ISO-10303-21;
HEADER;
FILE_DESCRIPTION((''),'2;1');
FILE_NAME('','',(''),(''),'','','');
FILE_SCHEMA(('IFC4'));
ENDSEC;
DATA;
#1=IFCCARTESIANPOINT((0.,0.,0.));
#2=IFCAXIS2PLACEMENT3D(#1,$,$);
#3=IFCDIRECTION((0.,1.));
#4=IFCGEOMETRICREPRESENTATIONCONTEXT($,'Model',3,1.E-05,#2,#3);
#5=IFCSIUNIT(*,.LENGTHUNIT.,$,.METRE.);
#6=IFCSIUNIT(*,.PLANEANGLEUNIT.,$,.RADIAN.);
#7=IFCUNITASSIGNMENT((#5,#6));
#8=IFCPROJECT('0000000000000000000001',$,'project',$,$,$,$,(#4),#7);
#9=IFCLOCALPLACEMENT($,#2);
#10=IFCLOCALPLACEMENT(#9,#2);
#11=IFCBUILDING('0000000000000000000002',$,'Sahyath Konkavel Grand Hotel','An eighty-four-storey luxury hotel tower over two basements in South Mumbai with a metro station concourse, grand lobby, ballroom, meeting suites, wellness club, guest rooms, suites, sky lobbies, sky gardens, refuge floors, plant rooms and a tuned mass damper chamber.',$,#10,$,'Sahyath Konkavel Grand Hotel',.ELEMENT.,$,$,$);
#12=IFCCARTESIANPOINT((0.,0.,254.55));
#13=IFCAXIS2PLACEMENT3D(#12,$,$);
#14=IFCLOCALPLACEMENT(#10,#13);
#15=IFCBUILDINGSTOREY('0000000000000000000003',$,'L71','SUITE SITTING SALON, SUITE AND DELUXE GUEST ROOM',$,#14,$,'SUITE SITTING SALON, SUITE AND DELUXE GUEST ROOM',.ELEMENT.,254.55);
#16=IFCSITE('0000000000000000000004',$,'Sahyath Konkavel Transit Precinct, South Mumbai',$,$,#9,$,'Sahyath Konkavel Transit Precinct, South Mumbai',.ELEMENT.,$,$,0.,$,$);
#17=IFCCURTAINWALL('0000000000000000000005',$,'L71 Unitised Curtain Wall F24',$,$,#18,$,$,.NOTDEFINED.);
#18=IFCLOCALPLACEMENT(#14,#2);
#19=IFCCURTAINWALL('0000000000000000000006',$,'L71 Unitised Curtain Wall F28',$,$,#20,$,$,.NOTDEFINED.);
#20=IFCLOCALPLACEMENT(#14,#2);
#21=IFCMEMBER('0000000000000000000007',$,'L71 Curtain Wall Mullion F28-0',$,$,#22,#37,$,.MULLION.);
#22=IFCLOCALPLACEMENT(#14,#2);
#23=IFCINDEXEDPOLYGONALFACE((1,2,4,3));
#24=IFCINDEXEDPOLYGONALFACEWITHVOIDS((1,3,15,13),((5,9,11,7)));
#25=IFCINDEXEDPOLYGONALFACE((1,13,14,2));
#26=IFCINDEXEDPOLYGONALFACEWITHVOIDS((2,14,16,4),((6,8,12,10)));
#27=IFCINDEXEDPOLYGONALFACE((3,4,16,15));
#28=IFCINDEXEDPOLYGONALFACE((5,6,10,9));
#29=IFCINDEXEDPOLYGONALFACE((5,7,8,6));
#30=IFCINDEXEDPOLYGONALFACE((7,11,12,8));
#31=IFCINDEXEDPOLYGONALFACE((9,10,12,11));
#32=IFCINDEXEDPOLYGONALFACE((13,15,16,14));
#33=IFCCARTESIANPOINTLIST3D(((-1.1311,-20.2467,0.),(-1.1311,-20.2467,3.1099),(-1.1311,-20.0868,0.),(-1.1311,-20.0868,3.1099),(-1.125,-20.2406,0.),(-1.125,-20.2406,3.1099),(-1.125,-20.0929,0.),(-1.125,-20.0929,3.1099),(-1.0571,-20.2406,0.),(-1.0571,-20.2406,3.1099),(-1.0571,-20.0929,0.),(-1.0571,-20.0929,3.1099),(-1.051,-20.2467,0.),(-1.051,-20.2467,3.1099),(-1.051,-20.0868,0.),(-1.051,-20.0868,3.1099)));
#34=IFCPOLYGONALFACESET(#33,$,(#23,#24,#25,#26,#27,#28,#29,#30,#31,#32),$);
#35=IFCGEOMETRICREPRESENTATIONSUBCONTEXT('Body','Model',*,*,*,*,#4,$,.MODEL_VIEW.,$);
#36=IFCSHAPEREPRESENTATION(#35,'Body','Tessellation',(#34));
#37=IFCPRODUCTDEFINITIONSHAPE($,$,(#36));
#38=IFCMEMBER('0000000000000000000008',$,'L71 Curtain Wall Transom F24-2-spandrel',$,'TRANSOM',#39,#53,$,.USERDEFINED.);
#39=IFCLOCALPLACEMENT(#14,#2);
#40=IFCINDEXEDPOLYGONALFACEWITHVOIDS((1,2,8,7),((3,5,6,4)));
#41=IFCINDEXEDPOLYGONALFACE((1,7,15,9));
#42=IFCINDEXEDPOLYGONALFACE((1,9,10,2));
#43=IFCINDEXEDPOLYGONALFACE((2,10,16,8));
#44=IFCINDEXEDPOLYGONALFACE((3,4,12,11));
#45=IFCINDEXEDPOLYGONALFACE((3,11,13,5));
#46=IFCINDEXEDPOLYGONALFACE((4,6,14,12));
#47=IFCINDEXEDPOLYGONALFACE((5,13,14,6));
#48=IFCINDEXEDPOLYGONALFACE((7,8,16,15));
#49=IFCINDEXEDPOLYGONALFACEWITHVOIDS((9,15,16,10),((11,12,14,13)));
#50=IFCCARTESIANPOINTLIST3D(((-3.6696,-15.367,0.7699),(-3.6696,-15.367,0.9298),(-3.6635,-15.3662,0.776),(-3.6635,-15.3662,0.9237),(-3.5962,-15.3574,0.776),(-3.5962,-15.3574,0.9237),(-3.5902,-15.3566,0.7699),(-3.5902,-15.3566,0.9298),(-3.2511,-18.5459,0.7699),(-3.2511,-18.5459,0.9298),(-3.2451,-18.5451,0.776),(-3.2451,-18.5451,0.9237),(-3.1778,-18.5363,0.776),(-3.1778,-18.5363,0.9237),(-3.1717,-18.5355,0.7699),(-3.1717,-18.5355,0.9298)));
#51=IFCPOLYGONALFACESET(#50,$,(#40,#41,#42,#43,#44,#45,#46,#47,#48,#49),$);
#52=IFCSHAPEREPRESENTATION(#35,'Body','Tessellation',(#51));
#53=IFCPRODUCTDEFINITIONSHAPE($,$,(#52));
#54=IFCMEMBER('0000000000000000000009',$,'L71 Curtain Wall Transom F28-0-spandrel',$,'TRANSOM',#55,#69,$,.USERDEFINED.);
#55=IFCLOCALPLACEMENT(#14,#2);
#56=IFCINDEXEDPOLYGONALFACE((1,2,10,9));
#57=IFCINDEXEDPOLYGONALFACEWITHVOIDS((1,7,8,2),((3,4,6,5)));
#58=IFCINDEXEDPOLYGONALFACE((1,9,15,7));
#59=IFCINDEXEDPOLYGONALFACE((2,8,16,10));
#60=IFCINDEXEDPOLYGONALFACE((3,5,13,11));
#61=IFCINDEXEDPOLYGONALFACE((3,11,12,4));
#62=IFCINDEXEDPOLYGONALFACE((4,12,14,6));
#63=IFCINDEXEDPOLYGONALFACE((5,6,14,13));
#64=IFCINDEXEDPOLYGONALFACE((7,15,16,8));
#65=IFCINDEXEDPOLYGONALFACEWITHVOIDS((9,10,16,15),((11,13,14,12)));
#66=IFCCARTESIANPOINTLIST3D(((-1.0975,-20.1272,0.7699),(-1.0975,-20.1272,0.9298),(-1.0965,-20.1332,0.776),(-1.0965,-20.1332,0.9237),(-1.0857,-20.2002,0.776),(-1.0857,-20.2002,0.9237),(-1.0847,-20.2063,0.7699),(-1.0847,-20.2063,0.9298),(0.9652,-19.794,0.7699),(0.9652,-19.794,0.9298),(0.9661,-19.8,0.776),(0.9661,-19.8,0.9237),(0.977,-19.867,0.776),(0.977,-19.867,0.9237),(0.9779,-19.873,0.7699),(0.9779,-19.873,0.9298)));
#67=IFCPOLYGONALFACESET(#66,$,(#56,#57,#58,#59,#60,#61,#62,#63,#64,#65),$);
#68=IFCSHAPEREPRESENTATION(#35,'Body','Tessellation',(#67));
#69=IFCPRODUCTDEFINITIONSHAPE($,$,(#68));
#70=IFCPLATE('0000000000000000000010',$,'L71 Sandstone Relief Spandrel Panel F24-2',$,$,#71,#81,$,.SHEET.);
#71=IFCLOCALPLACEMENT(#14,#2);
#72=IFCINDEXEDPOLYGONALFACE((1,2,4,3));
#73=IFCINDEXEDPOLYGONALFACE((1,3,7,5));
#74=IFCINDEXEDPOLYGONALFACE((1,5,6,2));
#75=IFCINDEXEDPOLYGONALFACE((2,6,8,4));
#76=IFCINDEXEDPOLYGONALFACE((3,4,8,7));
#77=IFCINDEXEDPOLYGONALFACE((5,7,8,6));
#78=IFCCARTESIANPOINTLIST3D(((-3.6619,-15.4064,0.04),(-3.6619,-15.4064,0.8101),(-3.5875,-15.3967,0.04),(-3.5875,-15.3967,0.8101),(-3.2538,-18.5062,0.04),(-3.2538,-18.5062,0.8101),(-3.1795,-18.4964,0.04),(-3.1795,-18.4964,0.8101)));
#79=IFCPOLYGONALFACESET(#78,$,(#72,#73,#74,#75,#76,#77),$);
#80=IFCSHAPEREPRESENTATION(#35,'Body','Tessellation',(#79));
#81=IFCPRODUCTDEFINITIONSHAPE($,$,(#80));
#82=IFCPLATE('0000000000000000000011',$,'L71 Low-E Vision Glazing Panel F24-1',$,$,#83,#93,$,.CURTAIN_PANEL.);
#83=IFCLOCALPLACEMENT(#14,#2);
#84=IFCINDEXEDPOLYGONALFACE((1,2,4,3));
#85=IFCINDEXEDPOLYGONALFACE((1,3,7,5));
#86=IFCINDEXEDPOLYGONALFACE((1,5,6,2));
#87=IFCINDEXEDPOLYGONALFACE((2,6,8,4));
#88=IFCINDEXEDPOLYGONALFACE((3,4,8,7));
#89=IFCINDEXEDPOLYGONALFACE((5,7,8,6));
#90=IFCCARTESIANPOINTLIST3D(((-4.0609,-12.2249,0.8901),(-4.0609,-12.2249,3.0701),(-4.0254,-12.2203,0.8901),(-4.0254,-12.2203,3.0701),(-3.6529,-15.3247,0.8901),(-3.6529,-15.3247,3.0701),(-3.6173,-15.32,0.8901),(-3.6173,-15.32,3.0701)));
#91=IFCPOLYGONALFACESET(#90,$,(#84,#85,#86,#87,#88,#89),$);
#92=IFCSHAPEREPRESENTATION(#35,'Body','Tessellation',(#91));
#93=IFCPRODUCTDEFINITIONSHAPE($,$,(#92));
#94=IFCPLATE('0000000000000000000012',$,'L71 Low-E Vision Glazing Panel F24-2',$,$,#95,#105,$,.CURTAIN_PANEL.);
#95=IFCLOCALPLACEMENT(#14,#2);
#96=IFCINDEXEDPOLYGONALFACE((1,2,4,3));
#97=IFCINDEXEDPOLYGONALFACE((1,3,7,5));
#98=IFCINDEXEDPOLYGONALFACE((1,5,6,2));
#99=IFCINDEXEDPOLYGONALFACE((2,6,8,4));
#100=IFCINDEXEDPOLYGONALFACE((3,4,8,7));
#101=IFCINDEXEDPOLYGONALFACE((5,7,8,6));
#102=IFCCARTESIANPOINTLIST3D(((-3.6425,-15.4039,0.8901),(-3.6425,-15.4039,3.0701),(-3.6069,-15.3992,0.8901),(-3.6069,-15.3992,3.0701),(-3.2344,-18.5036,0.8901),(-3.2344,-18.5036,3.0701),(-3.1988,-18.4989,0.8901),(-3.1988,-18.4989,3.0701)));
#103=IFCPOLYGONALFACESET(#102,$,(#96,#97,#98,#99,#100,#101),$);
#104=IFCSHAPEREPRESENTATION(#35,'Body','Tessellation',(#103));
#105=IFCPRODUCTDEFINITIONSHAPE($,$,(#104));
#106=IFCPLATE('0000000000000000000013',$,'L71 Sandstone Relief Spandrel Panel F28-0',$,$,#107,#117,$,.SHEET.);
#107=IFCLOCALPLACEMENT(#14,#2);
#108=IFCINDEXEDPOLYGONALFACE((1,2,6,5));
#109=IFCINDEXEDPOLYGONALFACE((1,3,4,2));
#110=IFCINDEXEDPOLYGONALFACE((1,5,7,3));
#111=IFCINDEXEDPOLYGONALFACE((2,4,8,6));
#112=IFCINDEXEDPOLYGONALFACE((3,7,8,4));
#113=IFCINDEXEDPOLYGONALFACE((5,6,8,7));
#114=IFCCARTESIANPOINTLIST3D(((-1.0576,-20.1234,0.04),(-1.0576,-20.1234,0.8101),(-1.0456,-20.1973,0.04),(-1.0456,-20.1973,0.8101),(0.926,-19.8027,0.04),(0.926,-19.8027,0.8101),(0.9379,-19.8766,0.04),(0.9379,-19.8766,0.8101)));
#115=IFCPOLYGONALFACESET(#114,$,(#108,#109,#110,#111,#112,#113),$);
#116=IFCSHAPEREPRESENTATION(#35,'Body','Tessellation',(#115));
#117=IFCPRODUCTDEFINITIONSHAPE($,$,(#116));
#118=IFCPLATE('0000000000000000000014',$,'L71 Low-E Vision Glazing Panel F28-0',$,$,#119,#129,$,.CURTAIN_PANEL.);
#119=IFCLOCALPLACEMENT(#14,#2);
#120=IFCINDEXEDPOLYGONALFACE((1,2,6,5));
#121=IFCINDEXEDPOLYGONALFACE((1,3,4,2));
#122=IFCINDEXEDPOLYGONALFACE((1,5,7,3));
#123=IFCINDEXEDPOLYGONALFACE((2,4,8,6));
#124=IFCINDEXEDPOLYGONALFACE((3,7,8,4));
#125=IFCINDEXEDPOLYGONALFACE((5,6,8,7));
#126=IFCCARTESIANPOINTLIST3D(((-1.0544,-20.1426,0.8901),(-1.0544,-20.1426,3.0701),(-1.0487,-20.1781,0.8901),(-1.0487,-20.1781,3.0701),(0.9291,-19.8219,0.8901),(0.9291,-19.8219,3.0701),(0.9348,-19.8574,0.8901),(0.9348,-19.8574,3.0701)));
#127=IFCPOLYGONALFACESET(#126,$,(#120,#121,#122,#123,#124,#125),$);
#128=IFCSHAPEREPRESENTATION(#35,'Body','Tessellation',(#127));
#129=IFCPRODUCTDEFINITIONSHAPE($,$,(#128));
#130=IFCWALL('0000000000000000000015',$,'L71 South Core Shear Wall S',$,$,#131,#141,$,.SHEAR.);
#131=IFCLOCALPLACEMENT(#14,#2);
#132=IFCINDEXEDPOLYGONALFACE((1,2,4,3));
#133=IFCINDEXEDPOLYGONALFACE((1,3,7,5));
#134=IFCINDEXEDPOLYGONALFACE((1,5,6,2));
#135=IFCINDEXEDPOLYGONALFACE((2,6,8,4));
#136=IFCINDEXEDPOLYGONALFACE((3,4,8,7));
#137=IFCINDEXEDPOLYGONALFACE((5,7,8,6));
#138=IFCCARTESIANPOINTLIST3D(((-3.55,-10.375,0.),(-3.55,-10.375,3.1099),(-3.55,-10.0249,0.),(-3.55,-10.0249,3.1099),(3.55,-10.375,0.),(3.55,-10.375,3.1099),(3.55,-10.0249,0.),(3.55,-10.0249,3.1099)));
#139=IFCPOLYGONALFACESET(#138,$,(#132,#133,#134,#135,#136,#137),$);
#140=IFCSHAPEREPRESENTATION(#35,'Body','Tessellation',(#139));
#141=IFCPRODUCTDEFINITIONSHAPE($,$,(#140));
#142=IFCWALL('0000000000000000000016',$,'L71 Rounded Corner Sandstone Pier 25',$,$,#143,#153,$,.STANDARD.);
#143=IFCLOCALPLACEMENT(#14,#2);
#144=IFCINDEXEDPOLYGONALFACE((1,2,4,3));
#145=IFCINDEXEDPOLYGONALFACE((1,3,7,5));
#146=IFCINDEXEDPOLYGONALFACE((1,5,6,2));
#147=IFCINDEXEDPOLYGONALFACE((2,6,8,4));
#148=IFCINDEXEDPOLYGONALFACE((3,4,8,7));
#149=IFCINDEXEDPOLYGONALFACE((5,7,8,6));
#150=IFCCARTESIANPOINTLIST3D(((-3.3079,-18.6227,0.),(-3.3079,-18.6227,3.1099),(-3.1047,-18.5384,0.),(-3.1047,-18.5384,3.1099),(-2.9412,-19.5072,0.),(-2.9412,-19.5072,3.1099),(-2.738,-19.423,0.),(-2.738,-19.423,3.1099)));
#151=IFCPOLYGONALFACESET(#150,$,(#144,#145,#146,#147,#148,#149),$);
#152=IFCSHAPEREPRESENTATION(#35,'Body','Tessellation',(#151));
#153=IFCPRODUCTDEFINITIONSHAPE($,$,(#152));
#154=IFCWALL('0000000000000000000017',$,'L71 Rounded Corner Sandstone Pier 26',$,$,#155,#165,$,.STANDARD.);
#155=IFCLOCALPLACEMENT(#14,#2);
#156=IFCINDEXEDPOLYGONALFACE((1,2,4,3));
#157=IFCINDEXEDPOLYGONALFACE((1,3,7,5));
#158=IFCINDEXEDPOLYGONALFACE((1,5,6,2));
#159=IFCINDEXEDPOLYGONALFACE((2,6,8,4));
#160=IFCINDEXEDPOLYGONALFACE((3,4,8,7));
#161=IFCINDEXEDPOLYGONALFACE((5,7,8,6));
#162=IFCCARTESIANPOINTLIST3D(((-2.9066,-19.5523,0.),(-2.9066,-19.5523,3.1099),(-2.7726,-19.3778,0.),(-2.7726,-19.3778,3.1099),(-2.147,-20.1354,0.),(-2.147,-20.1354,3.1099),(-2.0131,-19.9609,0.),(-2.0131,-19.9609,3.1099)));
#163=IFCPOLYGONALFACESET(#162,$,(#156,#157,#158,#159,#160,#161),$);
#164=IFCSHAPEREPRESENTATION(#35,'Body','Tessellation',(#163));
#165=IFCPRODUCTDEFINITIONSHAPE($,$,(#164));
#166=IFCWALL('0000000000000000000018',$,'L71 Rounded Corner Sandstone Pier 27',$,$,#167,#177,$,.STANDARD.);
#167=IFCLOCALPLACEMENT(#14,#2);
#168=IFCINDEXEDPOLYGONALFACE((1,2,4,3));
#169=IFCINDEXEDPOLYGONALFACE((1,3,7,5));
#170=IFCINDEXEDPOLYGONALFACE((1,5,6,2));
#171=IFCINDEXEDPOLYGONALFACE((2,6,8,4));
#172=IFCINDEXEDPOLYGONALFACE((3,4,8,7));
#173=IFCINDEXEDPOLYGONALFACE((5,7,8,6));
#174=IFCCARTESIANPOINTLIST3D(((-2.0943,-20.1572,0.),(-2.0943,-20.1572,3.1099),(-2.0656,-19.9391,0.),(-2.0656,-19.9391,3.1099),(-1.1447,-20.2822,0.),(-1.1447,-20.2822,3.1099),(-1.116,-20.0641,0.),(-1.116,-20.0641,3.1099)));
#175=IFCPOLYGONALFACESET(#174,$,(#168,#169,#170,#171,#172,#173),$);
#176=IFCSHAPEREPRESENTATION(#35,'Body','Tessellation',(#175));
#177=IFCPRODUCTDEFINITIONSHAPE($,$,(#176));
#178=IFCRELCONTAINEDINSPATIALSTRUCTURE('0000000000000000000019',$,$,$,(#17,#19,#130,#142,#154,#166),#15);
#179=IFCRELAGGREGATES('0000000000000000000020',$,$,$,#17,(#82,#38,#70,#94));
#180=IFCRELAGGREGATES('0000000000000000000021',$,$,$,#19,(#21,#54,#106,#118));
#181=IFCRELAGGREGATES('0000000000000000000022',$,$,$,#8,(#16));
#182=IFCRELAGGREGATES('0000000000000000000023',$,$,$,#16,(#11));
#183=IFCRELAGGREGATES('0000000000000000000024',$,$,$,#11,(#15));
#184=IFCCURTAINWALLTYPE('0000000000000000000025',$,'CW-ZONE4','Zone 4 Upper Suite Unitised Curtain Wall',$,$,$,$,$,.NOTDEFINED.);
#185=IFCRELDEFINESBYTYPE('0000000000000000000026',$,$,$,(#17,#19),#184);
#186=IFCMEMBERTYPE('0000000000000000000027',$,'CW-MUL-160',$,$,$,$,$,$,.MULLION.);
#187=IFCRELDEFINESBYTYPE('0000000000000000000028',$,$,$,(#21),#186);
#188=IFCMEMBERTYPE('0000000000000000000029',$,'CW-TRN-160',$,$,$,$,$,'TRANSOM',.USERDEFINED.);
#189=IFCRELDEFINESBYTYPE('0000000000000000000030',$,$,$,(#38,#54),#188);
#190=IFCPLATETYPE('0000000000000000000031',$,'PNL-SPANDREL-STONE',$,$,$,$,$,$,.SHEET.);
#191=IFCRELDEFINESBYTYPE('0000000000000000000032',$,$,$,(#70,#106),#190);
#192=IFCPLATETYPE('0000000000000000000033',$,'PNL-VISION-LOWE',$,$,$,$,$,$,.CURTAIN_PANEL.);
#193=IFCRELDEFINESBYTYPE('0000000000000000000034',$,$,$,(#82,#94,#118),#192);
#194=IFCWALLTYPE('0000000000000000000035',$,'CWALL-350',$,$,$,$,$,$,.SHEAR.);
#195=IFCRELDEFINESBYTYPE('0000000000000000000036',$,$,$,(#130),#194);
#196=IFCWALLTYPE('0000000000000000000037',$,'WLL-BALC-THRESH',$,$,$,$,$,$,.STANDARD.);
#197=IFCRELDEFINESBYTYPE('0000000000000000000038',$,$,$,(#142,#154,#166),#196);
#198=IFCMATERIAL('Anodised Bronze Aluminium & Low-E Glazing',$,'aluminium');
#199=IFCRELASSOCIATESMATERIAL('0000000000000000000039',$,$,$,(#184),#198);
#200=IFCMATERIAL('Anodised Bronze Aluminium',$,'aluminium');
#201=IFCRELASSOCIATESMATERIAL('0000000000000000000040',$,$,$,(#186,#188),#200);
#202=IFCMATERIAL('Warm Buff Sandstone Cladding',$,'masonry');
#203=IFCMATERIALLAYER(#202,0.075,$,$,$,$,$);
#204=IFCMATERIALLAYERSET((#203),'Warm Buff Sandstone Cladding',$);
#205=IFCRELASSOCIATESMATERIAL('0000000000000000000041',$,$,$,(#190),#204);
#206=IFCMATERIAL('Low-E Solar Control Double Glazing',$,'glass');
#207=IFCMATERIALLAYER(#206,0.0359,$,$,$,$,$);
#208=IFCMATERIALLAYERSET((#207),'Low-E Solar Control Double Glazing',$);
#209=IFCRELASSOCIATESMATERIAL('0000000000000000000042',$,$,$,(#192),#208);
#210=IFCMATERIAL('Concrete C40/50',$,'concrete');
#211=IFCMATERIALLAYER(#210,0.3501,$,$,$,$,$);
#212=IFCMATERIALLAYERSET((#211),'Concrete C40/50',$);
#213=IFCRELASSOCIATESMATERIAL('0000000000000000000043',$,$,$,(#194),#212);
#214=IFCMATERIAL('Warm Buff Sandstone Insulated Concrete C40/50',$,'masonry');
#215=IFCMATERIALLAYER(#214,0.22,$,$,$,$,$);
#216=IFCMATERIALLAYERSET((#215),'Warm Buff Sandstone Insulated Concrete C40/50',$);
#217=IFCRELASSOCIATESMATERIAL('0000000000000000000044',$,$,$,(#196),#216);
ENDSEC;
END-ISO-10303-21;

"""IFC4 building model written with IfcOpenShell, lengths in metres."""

from ifc_helpers import new_model, si_unit, direction, frame, frame_2d, origin, origin_2d, place, context, subcontext, project, spatial, rectangle, hollow_rectangle, extrude, source, transform, mapped, material, layer, layer_set, material_profile, profile_set, type_object, element, aggregate, save


model = new_model("IFC4")

# Units and contexts
model_context = context("Model", 3, precision=1e-05, world=origin(), true_north=direction((0.0, 1.0)))
body_context = subcontext(model_context, "Body", "Model", "MODEL_VIEW")
ifc_project = project(units=[si_unit("LENGTHUNIT", "METRE"), si_unit("PLANEANGLEUNIT", "RADIAN")], contexts=[model_context])

# Site, building, storey
site_placement = place(None, origin())
site = spatial("IfcSite", under=ifc_project, at=site_placement, Name="Sahyath Konkavel Transit Precinct, South Mumbai", LongName="Sahyath Konkavel Transit Precinct, South Mumbai", CompositionType="ELEMENT", RefElevation=0.0)
building_placement = place(site_placement, origin())
building = spatial("IfcBuilding", under=site, at=building_placement, Name="Sahyath Konkavel Grand Hotel", Description="An eighty-four-storey luxury hotel tower over two basements in South Mumbai with a metro station concourse, grand lobby, ballroom, meeting suites, wellness club, guest rooms, suites, sky lobbies, sky gardens, refuge floors, plant rooms and a tuned mass damper chamber.", LongName="Sahyath Konkavel Grand Hotel", CompositionType="ELEMENT")
storey_placement = place(building_placement, frame((0.0, 0.0, 254.55)))
storey = spatial("IfcBuildingStorey", under=building, at=storey_placement, Name="L71", Description="SUITE SITTING SALON, SUITE AND DELUXE GUEST ROOM", LongName="SUITE SITTING SALON, SUITE AND DELUXE GUEST ROOM", CompositionType="ELEMENT", Elevation=254.55)

# Shared definitions
ifc_material_1 = material(Name="Concrete C40/50", Category="concrete")

# Curtain wall
ifc_material_2 = material(Name="Anodised Bronze Aluminium & Low-E Glazing", Category="aluminium")
curtain_wall_type = type_object("IfcCurtainWallType", Name="CW-ZONE4", Description="Zone 4 Upper Suite Unitised Curtain Wall", PredefinedType="NOTDEFINED", material=ifc_material_2)
curtain_wall_1_placement = place(storey_placement, origin())
curtain_wall_1 = element("IfcCurtainWall", 1, at=curtain_wall_1_placement, inside=storey, type_object=curtain_wall_type, Name="L71 Unitised Curtain Wall F24", PredefinedType="NOTDEFINED")
ifc_material_3 = material(Name="Anodised Bronze Aluminium", Category="aluminium")
ifc_material_profile_1 = material_profile(ifc_material_3, hollow_rectangle(XDim=0.0801, YDim=0.1599, WallThickness=0.0061, at=origin_2d()), Name="RHS 160x80x6")
ifc_profile_set_1 = profile_set([ifc_material_profile_1], Name="Anodised Bronze Aluminium")
member_type_1 = type_object("IfcMemberType", Name="CW-MUL-160", PredefinedType="MULLION", material=ifc_profile_set_1)
shared_shape_1 = source(origin(), body_context, "Body", "SweptSolid", [
    extrude(hollow_rectangle(XDim=0.0801, YDim=0.1599, WallThickness=0.0061, at=origin_2d()), origin(), (0.0, 0.0, 1.0), 3.1099),
])

# Curtain wall, member
curtain_wall_2_placement = place(storey_placement, origin())
curtain_wall_2 = element("IfcCurtainWall", 2, at=curtain_wall_2_placement, inside=storey, type_object=curtain_wall_type, Name="L71 Unitised Curtain Wall F28", PredefinedType="NOTDEFINED")
member_1_placement = place(storey_placement, frame((-1.0911, -20.1667, 0.0), z_axis=(0.0, 0.0, 1.0), x_axis=(1.0, 0.0, 0.0)))
member_1 = element("IfcMember", 3, at=member_1_placement, type_object=member_type_1, Name="L71 Curtain Wall Mullion F28-0", PredefinedType="MULLION", context=body_context, shape_type="MappedRepresentation", body=[
    mapped(shared_shape_1, transform((0.0, 0.0, 0.0), scale=1.0)),
])

# Members
ifc_material_profile_2 = material_profile(ifc_material_3, hollow_rectangle(XDim=0.0801, YDim=0.1599, WallThickness=0.0061, at=origin_2d()), Name="RHS 160x80x6")
ifc_profile_set_2 = profile_set([ifc_material_profile_2], Name="Anodised Bronze Aluminium")
member_type_2 = type_object("IfcMemberType", Name="CW-TRN-160", ElementType="TRANSOM", PredefinedType="USERDEFINED", material=ifc_profile_set_2)
shared_shape_2 = source(origin(), body_context, "Body", "SweptSolid", [
    extrude(hollow_rectangle(XDim=0.0801, YDim=0.1599, WallThickness=0.0061, at=origin_2d()), origin(), (0.0, 0.0, 1.0), 3.2063),
])
member_2_placement = place(storey_placement, frame((-3.6299, -15.3618, 0.8499), z_axis=(0.130508, -0.991447, 0.0), x_axis=(0.991447, 0.130508, 0.0)))
member_2 = element("IfcMember", 4, at=member_2_placement, type_object=member_type_2, Name="L71 Curtain Wall Transom F24-2-spandrel", ObjectType="TRANSOM", PredefinedType="USERDEFINED", context=body_context, shape_type="MappedRepresentation", body=[
    mapped(shared_shape_2, transform((0.0, 0.0, 0.0), scale=1.0)),
])
shared_shape_3 = source(origin(), body_context, "Body", "SweptSolid", [
    extrude(hollow_rectangle(XDim=0.0801, YDim=0.1599, WallThickness=0.0061, at=origin_2d()), origin(), (0.0, 0.0, 1.0), 2.0894),
])
member_3_placement = place(storey_placement, frame((-1.0911, -20.1667, 0.8499), z_axis=(0.987197, 0.159508, 0.0), x_axis=(-0.159508, 0.987197, 0.0)))
member_3 = element("IfcMember", 5, at=member_3_placement, type_object=member_type_2, Name="L71 Curtain Wall Transom F28-0-spandrel", ObjectType="TRANSOM", PredefinedType="USERDEFINED", context=body_context, shape_type="MappedRepresentation", body=[
    mapped(shared_shape_3, transform((0.0, 0.0, 0.0), scale=1.0)),
])

# Plates
ifc_material_4 = material(Name="Warm Buff Sandstone Cladding", Category="masonry")
ifc_layer_1 = layer(ifc_material_4, 0.075)
ifc_layer_set_1 = layer_set([ifc_layer_1], Name="Warm Buff Sandstone Cladding")
plate_type_1 = type_object("IfcPlateType", Name="PNL-SPANDREL-STONE", PredefinedType="SHEET", material=ifc_layer_set_1)
shared_shape_4 = source(origin(), body_context, "Body", "SweptSolid", [
    extrude(rectangle(XDim=3.1265, YDim=0.075, at=origin_2d()), origin(), (0.0, 0.0, 1.0), 0.77),
])
plate_1_placement = place(storey_placement, frame((-3.4207, -16.9514, 0.04), z_axis=(0.0, 0.0, 1.0), x_axis=(0.130526, -0.991445, 0.0)))
plate_1 = element("IfcPlate", 6, at=plate_1_placement, type_object=plate_type_1, Name="L71 Sandstone Relief Spandrel Panel F24-2", PredefinedType="SHEET", context=body_context, shape_type="MappedRepresentation", body=[
    mapped(shared_shape_4, transform((0.0, 0.0, 0.0), scale=1.0)),
])
ifc_material_5 = material(Name="Low-E Solar Control Double Glazing", Category="glass")
ifc_layer_2 = layer(ifc_material_5, 0.0359)
ifc_layer_set_2 = layer_set([ifc_layer_2], Name="Low-E Solar Control Double Glazing")
plate_type_2 = type_object("IfcPlateType", Name="PNL-VISION-LOWE", PredefinedType="CURTAIN_PANEL", material=ifc_layer_set_2)
shared_shape_5 = source(origin(), body_context, "Body", "SweptSolid", [
    extrude(rectangle(XDim=3.1265, YDim=0.0359, at=origin_2d()), origin(), (0.0, 0.0, 1.0), 2.1799),
])
plate_2_placement = place(storey_placement, frame((-3.8391, -13.7725, 0.8901), z_axis=(0.0, 0.0, 1.0), x_axis=(0.130526, -0.991445, 0.0)))
plate_2 = element("IfcPlate", 7, at=plate_2_placement, type_object=plate_type_2, Name="L71 Low-E Vision Glazing Panel F24-1", PredefinedType="CURTAIN_PANEL", context=body_context, shape_type="MappedRepresentation", body=[
    mapped(shared_shape_5, transform((0.0, 0.0, 0.0), scale=1.0)),
])
plate_3_placement = place(storey_placement, frame((-3.4207, -16.9514, 0.8901), z_axis=(0.0, 0.0, 1.0), x_axis=(0.130526, -0.991445, 0.0)))
plate_3 = element("IfcPlate", 8, at=plate_3_placement, type_object=plate_type_2, Name="L71 Low-E Vision Glazing Panel F24-2", PredefinedType="CURTAIN_PANEL", context=body_context, shape_type="MappedRepresentation", body=[
    mapped(shared_shape_5, transform((0.0, 0.0, 0.0), scale=1.0)),
])
aggregate(curtain_wall_1, [plate_2, member_2, plate_1, plate_3])
shared_shape_6 = source(origin(), body_context, "Body", "SweptSolid", [
    extrude(rectangle(XDim=2.0093, YDim=0.075, at=origin_2d()), origin(), (0.0, 0.0, 1.0), 0.77),
])
plate_4_placement = place(storey_placement, frame((-0.0598, -20.0, 0.04), z_axis=(0.0, 0.0, 1.0), x_axis=(0.987181, 0.159606, 0.0)))
plate_4 = element("IfcPlate", 9, at=plate_4_placement, type_object=plate_type_1, Name="L71 Sandstone Relief Spandrel Panel F28-0", PredefinedType="SHEET", context=body_context, shape_type="MappedRepresentation", body=[
    mapped(shared_shape_6, transform((0.0, 0.0, 0.0), scale=1.0)),
])
shared_shape_7 = source(origin(), body_context, "Body", "SweptSolid", [
    extrude(rectangle(XDim=2.0093, YDim=0.0359, at=origin_2d()), origin(), (0.0, 0.0, 1.0), 2.1799),
])
plate_5_placement = place(storey_placement, frame((-0.0598, -20.0, 0.8901), z_axis=(0.0, 0.0, 1.0), x_axis=(0.987181, 0.159606, 0.0)))
plate_5 = element("IfcPlate", 10, at=plate_5_placement, type_object=plate_type_2, Name="L71 Low-E Vision Glazing Panel F28-0", PredefinedType="CURTAIN_PANEL", context=body_context, shape_type="MappedRepresentation", body=[
    mapped(shared_shape_7, transform((0.0, 0.0, 0.0), scale=1.0)),
])
aggregate(curtain_wall_2, [member_1, member_3, plate_4, plate_5])

# Walls
ifc_layer_3 = layer(ifc_material_1, 0.3501)
ifc_layer_set_3 = layer_set([ifc_layer_3], Name="Concrete C40/50")
wall_type_1 = type_object("IfcWallType", Name="CWALL-350", PredefinedType="SHEAR", material=ifc_layer_set_3)
wall_1_placement = place(storey_placement, frame((-3.55, -10.2, 0.0), z_axis=(0.0, 0.0, 1.0), x_axis=(1.0, 0.0, 0.0)))
element("IfcWall", 11, at=wall_1_placement, inside=storey, type_object=wall_type_1, Name="L71 South Core Shear Wall S", PredefinedType="SHEAR", context=body_context, shape_type="SweptSolid", body=[
    extrude(rectangle(XDim=7.1001, YDim=0.3501, at=frame_2d((3.55, 0.0))), origin(), (0.0, 0.0, 1.0), 3.1099),
])
ifc_material_6 = material(Name="Warm Buff Sandstone Insulated Concrete C40/50", Category="masonry")
ifc_layer_4 = layer(ifc_material_6, 0.22)
ifc_layer_set_4 = layer_set([ifc_layer_4], Name="Warm Buff Sandstone Insulated Concrete C40/50")
wall_type_2 = type_object("IfcWallType", Name="WLL-BALC-THRESH", PredefinedType="STANDARD", material=ifc_layer_set_4)
for number, where, z_axis, x_axis, name in (
    (12, (-3.2063, -18.5806, 0.0), (0.0, 0.0, 1.0), (0.382967, -0.923762, 0.0), "L71 Rounded Corner Sandstone Pier 25"),
    (13, (-2.8396, -19.4651, 0.0), (0.0, 0.0, 1.0), (0.793249, -0.608897, 0.0), "L71 Rounded Corner Sandstone Pier 26"),
):
    element("IfcWall", number, at=place(storey_placement, frame(where, z_axis=z_axis, x_axis=x_axis)), inside=storey, type_object=wall_type_2, Name=name, PredefinedType="STANDARD", context=body_context, shape_type="SweptSolid", body=[
        extrude(rectangle(XDim=0.9575, YDim=0.22, at=frame_2d((0.4788, 0.0))), origin(), (0.0, 0.0, 1.0), 3.1099),
    ])
wall_2_placement = place(storey_placement, frame((-2.0801, -20.0481, 0.0), z_axis=(0.0, 0.0, 1.0), x_axis=(0.991445, -0.130527, 0.0)))
element("IfcWall", 14, at=wall_2_placement, inside=storey, type_object=wall_type_2, Name="L71 Rounded Corner Sandstone Pier 27", PredefinedType="STANDARD", context=body_context, shape_type="SweptSolid", body=[
    extrude(rectangle(XDim=0.9578, YDim=0.22, at=frame_2d((0.479, 0.0))), origin(), (0.0, 0.0, 1.0), 3.1099),
])

save(model, "model.ifc")
